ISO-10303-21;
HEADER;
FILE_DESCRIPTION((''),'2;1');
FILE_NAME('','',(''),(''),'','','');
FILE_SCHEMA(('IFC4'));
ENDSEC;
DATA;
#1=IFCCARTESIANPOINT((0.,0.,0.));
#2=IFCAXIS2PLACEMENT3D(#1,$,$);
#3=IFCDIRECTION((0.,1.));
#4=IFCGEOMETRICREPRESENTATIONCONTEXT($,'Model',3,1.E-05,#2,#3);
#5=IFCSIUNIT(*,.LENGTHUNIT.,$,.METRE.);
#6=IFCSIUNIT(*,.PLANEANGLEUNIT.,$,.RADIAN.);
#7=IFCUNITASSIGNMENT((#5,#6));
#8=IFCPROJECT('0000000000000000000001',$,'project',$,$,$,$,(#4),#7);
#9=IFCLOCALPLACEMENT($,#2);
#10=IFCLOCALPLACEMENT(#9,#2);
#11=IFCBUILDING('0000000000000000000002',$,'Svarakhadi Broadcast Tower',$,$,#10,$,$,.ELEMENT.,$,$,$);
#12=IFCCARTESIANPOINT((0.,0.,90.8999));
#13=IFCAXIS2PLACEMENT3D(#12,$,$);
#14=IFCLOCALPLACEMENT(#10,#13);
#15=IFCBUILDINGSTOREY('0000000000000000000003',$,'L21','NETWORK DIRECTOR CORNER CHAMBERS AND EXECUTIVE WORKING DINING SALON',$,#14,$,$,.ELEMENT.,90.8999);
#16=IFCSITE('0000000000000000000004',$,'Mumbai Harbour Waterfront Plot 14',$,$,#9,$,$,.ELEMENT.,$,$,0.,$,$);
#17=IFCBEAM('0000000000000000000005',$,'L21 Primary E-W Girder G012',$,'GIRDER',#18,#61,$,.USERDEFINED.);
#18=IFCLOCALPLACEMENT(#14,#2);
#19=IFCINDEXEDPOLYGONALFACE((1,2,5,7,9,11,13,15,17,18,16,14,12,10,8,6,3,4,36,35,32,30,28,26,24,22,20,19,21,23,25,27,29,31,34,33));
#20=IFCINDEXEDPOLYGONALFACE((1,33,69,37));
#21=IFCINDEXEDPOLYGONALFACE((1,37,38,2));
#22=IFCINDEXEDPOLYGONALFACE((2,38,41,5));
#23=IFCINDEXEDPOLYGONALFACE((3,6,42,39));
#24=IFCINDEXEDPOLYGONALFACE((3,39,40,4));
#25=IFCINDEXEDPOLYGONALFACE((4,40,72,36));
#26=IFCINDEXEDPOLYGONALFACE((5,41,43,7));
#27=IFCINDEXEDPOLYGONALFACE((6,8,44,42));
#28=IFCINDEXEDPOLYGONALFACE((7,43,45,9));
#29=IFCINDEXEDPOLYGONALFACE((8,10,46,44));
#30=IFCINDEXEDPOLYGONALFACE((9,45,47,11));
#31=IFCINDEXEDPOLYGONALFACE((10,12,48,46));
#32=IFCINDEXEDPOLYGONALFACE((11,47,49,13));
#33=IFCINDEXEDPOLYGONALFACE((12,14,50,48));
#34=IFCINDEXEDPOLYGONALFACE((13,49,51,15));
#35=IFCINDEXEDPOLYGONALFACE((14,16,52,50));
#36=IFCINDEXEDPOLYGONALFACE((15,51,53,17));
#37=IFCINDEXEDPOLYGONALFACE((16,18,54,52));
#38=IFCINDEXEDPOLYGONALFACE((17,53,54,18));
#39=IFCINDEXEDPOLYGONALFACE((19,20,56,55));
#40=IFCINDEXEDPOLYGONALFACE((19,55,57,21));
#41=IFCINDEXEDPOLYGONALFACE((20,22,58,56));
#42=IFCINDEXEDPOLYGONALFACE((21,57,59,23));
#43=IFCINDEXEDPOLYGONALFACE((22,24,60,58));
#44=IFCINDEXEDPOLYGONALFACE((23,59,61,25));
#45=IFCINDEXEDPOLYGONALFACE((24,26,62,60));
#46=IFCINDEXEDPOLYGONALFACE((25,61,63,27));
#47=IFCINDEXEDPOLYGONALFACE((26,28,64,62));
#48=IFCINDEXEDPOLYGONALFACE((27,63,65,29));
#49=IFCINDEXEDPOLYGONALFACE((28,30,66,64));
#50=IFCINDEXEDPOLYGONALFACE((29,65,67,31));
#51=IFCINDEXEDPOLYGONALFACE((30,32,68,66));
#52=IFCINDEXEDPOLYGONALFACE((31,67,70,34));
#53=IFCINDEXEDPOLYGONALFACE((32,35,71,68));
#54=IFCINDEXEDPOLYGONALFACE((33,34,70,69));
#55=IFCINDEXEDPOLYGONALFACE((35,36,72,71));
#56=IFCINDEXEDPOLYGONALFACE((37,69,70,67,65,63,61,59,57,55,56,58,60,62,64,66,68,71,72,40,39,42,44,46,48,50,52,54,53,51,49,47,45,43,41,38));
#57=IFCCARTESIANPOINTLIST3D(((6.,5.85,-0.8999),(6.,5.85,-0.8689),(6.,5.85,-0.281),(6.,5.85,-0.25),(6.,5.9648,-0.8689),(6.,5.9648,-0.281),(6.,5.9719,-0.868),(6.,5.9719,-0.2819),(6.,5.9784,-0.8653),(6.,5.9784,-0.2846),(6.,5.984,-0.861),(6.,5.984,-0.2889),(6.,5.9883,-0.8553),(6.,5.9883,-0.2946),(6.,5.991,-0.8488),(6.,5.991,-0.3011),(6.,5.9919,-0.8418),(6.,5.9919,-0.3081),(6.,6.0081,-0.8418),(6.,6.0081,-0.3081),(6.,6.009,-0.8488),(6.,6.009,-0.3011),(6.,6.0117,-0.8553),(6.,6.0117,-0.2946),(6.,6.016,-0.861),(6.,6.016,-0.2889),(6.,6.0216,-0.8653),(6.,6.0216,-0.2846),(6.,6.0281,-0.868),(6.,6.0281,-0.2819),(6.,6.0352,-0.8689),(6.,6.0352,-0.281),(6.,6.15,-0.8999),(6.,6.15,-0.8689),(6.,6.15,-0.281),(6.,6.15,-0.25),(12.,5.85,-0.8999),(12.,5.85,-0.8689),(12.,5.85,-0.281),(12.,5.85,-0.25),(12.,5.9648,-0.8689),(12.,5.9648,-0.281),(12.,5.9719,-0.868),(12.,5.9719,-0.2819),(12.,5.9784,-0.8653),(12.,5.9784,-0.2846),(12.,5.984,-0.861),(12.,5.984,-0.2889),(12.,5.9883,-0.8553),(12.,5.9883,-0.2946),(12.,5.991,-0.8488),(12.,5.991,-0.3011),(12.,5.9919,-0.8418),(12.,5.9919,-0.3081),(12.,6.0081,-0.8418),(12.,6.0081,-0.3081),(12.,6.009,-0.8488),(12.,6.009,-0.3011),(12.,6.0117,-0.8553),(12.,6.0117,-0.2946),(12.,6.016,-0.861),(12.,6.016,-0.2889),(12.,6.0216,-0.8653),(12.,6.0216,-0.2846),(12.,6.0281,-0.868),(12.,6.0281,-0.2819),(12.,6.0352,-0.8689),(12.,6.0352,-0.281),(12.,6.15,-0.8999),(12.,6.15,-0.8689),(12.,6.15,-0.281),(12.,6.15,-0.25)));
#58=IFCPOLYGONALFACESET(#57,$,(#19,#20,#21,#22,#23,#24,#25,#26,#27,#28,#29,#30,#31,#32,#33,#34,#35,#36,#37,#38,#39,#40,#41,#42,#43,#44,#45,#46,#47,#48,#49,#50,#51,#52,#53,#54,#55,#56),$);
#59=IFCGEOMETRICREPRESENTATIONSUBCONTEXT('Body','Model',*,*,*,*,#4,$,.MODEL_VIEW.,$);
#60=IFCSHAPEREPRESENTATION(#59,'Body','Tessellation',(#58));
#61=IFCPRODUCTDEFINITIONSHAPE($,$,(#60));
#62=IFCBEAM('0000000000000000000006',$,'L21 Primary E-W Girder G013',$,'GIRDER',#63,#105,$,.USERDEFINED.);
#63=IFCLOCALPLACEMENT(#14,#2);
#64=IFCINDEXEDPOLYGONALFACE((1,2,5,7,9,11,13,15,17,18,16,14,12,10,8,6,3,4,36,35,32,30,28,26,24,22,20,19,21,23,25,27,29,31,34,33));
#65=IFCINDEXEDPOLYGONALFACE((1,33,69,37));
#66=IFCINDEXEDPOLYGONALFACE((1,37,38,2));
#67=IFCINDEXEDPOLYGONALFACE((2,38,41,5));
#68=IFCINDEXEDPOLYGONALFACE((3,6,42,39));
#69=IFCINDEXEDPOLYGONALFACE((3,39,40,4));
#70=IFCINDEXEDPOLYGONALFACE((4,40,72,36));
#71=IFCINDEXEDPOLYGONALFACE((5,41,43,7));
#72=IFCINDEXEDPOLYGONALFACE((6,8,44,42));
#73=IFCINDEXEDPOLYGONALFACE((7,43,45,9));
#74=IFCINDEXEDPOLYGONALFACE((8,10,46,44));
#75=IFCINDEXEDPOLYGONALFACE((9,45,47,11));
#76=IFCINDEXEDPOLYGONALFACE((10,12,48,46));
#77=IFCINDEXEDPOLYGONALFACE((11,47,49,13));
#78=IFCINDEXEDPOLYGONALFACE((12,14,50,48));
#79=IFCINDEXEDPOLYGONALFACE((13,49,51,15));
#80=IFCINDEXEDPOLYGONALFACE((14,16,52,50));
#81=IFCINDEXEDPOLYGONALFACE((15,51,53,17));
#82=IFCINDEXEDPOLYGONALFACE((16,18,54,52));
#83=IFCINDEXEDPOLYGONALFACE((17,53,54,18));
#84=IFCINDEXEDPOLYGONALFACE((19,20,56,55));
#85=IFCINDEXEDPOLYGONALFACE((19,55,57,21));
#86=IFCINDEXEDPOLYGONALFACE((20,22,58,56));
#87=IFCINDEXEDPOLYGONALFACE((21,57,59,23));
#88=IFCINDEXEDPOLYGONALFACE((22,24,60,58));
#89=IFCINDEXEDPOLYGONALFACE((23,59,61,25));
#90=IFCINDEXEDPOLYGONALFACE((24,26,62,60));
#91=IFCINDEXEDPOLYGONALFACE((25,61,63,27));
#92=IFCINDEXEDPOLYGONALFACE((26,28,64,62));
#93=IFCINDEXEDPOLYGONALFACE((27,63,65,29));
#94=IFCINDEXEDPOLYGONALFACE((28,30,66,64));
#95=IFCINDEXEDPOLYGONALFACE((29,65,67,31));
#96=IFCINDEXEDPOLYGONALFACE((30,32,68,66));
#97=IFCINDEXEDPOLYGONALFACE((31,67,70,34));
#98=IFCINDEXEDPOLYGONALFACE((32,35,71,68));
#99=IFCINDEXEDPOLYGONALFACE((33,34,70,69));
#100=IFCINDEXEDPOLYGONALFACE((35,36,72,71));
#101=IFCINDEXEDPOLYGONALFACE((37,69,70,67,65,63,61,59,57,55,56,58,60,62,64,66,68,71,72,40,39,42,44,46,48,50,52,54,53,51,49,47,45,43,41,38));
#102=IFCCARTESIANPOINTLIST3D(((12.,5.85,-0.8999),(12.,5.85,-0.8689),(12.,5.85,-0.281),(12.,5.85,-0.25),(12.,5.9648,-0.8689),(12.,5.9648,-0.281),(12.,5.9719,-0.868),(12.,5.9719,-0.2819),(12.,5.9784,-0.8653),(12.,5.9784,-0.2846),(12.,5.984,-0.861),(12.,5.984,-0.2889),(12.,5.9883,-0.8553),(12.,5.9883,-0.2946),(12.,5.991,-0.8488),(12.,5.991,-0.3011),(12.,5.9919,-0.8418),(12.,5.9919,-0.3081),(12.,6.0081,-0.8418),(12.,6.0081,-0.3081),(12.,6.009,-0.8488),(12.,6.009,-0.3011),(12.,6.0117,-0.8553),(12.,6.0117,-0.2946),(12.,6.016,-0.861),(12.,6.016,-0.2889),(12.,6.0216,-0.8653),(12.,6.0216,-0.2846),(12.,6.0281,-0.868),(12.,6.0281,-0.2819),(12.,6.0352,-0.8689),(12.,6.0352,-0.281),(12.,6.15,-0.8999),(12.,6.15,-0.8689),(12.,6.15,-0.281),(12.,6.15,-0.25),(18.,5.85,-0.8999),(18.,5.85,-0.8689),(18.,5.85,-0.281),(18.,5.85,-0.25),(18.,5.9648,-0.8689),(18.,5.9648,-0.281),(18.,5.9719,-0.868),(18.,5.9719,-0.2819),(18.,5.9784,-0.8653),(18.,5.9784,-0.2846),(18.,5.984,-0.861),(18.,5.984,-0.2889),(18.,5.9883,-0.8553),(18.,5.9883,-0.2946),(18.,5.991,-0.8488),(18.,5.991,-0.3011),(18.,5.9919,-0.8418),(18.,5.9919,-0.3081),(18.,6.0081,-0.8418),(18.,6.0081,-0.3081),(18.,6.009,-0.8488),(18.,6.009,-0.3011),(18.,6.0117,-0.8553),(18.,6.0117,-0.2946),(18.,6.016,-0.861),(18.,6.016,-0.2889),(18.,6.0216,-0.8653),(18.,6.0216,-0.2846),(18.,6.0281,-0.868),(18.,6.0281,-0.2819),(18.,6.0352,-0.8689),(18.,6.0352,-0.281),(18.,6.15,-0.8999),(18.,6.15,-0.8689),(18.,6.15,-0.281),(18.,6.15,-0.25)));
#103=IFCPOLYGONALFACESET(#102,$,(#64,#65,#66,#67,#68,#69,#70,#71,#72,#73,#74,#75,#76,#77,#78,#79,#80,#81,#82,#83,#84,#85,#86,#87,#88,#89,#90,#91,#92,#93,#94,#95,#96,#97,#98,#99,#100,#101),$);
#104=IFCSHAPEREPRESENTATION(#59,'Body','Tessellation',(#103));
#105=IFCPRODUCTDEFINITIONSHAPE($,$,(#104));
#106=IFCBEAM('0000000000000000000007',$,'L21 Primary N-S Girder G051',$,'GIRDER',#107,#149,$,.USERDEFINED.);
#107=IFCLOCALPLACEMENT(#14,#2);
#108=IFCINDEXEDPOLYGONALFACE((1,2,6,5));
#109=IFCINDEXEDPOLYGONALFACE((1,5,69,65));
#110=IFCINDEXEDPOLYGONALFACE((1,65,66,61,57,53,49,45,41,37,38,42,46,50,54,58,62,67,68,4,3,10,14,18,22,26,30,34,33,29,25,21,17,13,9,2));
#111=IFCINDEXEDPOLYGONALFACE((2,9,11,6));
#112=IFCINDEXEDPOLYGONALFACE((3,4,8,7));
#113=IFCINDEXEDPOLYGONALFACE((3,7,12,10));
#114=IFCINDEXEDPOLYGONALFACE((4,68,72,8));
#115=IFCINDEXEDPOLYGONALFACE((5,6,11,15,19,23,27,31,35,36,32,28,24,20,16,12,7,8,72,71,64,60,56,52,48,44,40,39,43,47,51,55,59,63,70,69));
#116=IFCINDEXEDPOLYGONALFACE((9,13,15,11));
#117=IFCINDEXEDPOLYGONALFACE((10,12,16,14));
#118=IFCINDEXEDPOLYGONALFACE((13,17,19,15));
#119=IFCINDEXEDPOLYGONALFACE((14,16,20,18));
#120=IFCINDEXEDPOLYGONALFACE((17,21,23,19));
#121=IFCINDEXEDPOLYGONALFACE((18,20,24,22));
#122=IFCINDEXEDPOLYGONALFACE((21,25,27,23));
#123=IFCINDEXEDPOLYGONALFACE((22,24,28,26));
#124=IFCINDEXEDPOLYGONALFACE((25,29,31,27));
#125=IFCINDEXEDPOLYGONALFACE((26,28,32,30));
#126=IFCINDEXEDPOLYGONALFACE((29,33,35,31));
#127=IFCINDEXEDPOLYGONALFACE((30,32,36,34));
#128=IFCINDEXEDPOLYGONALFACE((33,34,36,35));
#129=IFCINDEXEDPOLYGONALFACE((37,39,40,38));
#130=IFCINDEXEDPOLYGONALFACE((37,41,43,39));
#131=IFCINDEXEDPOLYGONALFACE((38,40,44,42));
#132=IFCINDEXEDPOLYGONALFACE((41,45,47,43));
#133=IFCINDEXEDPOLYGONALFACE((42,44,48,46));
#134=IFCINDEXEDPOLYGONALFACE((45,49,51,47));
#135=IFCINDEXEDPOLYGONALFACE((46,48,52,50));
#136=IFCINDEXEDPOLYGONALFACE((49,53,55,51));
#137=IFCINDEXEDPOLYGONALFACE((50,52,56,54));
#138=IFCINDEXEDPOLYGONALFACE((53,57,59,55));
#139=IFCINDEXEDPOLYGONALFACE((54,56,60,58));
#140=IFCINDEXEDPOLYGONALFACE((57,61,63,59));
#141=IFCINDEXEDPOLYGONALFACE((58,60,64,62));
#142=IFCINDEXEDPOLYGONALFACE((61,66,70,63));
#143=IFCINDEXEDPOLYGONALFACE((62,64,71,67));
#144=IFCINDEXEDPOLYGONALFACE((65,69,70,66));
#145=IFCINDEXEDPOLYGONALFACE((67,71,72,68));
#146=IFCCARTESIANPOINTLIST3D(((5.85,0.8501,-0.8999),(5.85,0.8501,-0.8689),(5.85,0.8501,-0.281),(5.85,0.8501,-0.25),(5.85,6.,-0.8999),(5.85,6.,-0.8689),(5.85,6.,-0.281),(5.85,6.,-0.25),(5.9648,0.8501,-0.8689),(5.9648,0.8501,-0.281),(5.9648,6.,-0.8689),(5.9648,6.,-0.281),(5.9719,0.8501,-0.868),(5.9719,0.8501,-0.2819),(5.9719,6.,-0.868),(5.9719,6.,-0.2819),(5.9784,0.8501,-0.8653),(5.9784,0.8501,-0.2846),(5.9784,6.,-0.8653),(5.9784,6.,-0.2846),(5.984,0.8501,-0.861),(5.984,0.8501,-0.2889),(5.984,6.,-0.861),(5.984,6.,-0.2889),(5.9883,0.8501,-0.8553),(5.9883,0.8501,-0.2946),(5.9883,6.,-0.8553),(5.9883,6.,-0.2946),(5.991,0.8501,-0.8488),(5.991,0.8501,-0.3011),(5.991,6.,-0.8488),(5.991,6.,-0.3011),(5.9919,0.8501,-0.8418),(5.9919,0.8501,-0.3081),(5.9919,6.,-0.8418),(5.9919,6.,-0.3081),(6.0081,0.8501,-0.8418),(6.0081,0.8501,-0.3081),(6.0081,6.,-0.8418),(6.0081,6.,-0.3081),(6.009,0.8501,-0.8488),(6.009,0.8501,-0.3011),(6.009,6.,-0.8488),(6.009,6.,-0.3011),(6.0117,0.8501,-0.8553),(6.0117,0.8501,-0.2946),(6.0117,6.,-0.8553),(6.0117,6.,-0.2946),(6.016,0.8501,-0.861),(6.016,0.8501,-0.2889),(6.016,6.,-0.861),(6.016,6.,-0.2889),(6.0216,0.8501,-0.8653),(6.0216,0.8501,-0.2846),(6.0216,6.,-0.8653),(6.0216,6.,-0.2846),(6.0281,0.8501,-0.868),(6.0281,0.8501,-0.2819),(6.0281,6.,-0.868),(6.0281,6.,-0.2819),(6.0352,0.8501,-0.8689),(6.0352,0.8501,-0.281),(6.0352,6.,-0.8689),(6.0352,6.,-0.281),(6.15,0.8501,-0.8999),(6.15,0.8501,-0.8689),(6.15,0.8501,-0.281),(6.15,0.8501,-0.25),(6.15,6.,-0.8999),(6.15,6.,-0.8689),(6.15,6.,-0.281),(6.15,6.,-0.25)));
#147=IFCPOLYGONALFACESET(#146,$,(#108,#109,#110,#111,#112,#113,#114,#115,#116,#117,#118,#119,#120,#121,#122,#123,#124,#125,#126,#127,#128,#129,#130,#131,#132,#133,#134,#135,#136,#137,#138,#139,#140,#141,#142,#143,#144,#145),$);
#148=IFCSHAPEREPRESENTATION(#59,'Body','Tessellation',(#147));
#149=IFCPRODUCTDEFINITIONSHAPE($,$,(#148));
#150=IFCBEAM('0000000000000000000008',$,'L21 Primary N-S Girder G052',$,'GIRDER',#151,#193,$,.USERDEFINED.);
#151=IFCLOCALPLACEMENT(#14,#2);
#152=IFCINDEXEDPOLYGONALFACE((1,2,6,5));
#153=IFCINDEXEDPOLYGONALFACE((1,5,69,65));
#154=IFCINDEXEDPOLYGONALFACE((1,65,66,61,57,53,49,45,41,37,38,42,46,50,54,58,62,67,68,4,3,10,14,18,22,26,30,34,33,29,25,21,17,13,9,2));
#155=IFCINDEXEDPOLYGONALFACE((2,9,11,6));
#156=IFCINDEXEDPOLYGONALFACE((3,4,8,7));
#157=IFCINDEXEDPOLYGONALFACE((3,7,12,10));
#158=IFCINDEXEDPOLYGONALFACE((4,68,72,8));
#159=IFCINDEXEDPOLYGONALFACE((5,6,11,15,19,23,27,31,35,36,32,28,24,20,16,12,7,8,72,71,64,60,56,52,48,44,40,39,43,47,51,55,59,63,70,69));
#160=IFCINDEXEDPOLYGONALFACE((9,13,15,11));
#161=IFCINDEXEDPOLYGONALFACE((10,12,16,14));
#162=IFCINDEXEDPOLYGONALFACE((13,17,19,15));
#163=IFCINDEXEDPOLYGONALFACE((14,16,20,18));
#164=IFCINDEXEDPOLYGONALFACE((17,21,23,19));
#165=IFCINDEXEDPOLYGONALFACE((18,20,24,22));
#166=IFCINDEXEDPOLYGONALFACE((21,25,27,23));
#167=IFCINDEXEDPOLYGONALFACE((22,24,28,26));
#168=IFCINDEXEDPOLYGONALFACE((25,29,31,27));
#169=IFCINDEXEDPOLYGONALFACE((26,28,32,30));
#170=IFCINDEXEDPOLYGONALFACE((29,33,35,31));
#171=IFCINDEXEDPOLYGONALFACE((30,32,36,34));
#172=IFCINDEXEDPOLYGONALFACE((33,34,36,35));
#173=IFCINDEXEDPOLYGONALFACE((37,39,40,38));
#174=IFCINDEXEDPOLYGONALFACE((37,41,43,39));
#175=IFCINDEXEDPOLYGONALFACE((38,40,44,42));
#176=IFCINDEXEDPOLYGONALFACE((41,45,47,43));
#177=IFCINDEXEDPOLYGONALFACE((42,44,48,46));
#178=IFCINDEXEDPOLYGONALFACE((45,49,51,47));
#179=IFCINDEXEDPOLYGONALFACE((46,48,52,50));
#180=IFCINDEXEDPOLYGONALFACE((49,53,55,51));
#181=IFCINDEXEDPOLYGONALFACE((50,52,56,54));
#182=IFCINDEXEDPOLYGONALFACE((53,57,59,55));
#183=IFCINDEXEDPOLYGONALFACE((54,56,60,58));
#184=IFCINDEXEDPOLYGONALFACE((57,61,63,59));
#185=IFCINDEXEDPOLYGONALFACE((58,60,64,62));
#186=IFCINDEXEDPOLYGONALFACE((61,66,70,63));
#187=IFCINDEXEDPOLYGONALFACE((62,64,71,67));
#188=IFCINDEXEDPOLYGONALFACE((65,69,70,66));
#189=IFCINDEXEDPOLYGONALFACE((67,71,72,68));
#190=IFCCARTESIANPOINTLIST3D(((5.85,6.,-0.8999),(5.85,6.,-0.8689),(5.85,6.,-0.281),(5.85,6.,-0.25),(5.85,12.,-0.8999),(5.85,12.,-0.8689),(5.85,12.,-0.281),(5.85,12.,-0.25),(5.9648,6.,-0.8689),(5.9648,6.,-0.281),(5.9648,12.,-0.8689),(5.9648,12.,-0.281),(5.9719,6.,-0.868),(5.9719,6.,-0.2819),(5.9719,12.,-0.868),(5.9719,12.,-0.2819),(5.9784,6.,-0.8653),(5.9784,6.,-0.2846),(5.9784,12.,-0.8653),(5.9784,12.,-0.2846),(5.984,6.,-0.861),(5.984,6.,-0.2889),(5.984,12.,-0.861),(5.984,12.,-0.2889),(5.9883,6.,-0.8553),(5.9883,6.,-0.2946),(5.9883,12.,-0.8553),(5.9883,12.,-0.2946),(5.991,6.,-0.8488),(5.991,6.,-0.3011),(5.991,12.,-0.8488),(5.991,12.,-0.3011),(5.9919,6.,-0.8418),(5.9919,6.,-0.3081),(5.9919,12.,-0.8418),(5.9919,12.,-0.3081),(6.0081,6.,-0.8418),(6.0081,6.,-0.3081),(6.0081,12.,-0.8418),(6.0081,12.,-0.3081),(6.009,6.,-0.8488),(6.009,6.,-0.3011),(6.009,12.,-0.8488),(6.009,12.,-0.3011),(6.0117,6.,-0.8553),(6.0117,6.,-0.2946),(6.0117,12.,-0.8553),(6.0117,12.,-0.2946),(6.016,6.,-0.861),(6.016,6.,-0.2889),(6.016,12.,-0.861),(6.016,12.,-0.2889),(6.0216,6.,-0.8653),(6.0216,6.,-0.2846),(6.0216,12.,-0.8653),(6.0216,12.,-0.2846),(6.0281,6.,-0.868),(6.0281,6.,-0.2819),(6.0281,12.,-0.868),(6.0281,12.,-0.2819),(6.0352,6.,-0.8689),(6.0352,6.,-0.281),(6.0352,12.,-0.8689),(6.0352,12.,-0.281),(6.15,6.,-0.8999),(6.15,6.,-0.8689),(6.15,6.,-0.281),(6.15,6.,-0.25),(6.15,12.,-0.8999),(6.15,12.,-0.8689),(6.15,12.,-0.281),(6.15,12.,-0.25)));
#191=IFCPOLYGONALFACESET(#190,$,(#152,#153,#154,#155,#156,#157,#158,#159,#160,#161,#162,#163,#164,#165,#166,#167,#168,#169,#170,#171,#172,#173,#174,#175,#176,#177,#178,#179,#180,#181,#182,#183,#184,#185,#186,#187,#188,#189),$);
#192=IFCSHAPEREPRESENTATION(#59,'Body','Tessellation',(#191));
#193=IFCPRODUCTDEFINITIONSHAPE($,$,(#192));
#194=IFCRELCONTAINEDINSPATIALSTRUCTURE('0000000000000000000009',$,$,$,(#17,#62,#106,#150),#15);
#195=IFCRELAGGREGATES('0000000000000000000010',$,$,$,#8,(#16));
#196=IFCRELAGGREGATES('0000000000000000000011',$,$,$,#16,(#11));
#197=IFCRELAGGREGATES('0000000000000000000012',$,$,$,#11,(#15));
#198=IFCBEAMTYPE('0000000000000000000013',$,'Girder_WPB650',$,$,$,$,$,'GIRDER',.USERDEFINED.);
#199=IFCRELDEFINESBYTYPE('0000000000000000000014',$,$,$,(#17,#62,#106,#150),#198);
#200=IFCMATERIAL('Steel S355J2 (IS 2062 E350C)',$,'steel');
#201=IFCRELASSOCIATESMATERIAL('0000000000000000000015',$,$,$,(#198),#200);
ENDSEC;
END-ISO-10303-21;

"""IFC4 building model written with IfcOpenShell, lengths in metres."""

from ifc_helpers import new_model, si_unit, direction, frame, origin, origin_2d, place, context, subcontext, project, spatial, i_section, extrude, material, material_profile, profile_set, type_object, element, save


model = new_model("IFC4")

# Units and contexts
model_context = context("Model", 3, precision=1e-05, world=origin(), true_north=direction((0.0, 1.0)))
body_context = subcontext(model_context, "Body", "Model", "MODEL_VIEW")
ifc_project = project(units=[si_unit("LENGTHUNIT", "METRE"), si_unit("PLANEANGLEUNIT", "RADIAN")], contexts=[model_context])

# Site, building, storey
site_placement = place(None, origin())
site = spatial("IfcSite", under=ifc_project, at=site_placement, Name="Mumbai Harbour Waterfront Plot 14", CompositionType="ELEMENT", RefElevation=0.0)
building_placement = place(site_placement, origin())
building = spatial("IfcBuilding", under=site, at=building_placement, Name="Svarakhadi Broadcast Tower", CompositionType="ELEMENT")
storey_placement = place(building_placement, frame((0.0, 0.0, 90.8999)))
storey = spatial("IfcBuildingStorey", under=building, at=storey_placement, Name="L21", Description="NETWORK DIRECTOR CORNER CHAMBERS AND EXECUTIVE WORKING DINING SALON", CompositionType="ELEMENT", Elevation=90.8999)

# Shared definitions
ifc_material_1 = material(Name="Steel S355J2 (IS 2062 E350C)", Category="steel")

# Beams
ifc_material_profile_1 = material_profile(ifc_material_1, i_section(OverallWidth=0.3, OverallDepth=0.6499, WebThickness=0.0161, FlangeThickness=0.031, FilletRadius=0.0271, at=origin_2d()), Name="WPB 650x300x225")
ifc_profile_set_1 = profile_set([ifc_material_profile_1], Name="Steel S355J2 (IS 2062 E350C)")
beam_type_1 = type_object("IfcBeamType", Name="Girder_WPB650", ElementType="GIRDER", PredefinedType="USERDEFINED", material=ifc_profile_set_1)
for number, where, z_axis, x_axis, name in (
    (1, (6.0, 6.0, -0.575), (1.0, 0.0, 0.0), (0.0, 1.0, 0.0), "L21 Primary E-W Girder G012"),
    (2, (12.0, 6.0, -0.575), (1.0, 0.0, 0.0), (0.0, 1.0, 0.0), "L21 Primary E-W Girder G013"),
):
    element("IfcBeam", number, at=place(storey_placement, frame(where, z_axis=z_axis, x_axis=x_axis)), inside=storey, type_object=beam_type_1, Name=name, ObjectType="GIRDER", PredefinedType="USERDEFINED", context=body_context, shape_type="SweptSolid", body=[
        extrude(i_section(OverallWidth=0.3, OverallDepth=0.6499, WebThickness=0.0161, FlangeThickness=0.031, FilletRadius=0.0271, at=origin_2d()), origin(), (0.0, 0.0, 1.0), 6.0),
    ])
beam_1_placement = place(storey_placement, frame((6.0, 0.8501, -0.575), z_axis=(0.0, 1.0, 0.0), x_axis=(-1.0, 0.0, 0.0)))
element("IfcBeam", 3, at=beam_1_placement, inside=storey, type_object=beam_type_1, Name="L21 Primary N-S Girder G051", ObjectType="GIRDER", PredefinedType="USERDEFINED", context=body_context, shape_type="SweptSolid", body=[
    extrude(i_section(OverallWidth=0.3, OverallDepth=0.6499, WebThickness=0.0161, FlangeThickness=0.031, FilletRadius=0.0271, at=origin_2d()), origin(), (0.0, 0.0, 1.0), 5.1499),
])
beam_2_placement = place(storey_placement, frame((6.0, 6.0, -0.575), z_axis=(0.0, 1.0, 0.0), x_axis=(-1.0, 0.0, 0.0)))
element("IfcBeam", 4, at=beam_2_placement, inside=storey, type_object=beam_type_1, Name="L21 Primary N-S Girder G052", ObjectType="GIRDER", PredefinedType="USERDEFINED", context=body_context, shape_type="SweptSolid", body=[
    extrude(i_section(OverallWidth=0.3, OverallDepth=0.6499, WebThickness=0.0161, FlangeThickness=0.031, FilletRadius=0.0271, at=origin_2d()), origin(), (0.0, 0.0, 1.0), 6.0),
])

save(model, "model.ifc")
